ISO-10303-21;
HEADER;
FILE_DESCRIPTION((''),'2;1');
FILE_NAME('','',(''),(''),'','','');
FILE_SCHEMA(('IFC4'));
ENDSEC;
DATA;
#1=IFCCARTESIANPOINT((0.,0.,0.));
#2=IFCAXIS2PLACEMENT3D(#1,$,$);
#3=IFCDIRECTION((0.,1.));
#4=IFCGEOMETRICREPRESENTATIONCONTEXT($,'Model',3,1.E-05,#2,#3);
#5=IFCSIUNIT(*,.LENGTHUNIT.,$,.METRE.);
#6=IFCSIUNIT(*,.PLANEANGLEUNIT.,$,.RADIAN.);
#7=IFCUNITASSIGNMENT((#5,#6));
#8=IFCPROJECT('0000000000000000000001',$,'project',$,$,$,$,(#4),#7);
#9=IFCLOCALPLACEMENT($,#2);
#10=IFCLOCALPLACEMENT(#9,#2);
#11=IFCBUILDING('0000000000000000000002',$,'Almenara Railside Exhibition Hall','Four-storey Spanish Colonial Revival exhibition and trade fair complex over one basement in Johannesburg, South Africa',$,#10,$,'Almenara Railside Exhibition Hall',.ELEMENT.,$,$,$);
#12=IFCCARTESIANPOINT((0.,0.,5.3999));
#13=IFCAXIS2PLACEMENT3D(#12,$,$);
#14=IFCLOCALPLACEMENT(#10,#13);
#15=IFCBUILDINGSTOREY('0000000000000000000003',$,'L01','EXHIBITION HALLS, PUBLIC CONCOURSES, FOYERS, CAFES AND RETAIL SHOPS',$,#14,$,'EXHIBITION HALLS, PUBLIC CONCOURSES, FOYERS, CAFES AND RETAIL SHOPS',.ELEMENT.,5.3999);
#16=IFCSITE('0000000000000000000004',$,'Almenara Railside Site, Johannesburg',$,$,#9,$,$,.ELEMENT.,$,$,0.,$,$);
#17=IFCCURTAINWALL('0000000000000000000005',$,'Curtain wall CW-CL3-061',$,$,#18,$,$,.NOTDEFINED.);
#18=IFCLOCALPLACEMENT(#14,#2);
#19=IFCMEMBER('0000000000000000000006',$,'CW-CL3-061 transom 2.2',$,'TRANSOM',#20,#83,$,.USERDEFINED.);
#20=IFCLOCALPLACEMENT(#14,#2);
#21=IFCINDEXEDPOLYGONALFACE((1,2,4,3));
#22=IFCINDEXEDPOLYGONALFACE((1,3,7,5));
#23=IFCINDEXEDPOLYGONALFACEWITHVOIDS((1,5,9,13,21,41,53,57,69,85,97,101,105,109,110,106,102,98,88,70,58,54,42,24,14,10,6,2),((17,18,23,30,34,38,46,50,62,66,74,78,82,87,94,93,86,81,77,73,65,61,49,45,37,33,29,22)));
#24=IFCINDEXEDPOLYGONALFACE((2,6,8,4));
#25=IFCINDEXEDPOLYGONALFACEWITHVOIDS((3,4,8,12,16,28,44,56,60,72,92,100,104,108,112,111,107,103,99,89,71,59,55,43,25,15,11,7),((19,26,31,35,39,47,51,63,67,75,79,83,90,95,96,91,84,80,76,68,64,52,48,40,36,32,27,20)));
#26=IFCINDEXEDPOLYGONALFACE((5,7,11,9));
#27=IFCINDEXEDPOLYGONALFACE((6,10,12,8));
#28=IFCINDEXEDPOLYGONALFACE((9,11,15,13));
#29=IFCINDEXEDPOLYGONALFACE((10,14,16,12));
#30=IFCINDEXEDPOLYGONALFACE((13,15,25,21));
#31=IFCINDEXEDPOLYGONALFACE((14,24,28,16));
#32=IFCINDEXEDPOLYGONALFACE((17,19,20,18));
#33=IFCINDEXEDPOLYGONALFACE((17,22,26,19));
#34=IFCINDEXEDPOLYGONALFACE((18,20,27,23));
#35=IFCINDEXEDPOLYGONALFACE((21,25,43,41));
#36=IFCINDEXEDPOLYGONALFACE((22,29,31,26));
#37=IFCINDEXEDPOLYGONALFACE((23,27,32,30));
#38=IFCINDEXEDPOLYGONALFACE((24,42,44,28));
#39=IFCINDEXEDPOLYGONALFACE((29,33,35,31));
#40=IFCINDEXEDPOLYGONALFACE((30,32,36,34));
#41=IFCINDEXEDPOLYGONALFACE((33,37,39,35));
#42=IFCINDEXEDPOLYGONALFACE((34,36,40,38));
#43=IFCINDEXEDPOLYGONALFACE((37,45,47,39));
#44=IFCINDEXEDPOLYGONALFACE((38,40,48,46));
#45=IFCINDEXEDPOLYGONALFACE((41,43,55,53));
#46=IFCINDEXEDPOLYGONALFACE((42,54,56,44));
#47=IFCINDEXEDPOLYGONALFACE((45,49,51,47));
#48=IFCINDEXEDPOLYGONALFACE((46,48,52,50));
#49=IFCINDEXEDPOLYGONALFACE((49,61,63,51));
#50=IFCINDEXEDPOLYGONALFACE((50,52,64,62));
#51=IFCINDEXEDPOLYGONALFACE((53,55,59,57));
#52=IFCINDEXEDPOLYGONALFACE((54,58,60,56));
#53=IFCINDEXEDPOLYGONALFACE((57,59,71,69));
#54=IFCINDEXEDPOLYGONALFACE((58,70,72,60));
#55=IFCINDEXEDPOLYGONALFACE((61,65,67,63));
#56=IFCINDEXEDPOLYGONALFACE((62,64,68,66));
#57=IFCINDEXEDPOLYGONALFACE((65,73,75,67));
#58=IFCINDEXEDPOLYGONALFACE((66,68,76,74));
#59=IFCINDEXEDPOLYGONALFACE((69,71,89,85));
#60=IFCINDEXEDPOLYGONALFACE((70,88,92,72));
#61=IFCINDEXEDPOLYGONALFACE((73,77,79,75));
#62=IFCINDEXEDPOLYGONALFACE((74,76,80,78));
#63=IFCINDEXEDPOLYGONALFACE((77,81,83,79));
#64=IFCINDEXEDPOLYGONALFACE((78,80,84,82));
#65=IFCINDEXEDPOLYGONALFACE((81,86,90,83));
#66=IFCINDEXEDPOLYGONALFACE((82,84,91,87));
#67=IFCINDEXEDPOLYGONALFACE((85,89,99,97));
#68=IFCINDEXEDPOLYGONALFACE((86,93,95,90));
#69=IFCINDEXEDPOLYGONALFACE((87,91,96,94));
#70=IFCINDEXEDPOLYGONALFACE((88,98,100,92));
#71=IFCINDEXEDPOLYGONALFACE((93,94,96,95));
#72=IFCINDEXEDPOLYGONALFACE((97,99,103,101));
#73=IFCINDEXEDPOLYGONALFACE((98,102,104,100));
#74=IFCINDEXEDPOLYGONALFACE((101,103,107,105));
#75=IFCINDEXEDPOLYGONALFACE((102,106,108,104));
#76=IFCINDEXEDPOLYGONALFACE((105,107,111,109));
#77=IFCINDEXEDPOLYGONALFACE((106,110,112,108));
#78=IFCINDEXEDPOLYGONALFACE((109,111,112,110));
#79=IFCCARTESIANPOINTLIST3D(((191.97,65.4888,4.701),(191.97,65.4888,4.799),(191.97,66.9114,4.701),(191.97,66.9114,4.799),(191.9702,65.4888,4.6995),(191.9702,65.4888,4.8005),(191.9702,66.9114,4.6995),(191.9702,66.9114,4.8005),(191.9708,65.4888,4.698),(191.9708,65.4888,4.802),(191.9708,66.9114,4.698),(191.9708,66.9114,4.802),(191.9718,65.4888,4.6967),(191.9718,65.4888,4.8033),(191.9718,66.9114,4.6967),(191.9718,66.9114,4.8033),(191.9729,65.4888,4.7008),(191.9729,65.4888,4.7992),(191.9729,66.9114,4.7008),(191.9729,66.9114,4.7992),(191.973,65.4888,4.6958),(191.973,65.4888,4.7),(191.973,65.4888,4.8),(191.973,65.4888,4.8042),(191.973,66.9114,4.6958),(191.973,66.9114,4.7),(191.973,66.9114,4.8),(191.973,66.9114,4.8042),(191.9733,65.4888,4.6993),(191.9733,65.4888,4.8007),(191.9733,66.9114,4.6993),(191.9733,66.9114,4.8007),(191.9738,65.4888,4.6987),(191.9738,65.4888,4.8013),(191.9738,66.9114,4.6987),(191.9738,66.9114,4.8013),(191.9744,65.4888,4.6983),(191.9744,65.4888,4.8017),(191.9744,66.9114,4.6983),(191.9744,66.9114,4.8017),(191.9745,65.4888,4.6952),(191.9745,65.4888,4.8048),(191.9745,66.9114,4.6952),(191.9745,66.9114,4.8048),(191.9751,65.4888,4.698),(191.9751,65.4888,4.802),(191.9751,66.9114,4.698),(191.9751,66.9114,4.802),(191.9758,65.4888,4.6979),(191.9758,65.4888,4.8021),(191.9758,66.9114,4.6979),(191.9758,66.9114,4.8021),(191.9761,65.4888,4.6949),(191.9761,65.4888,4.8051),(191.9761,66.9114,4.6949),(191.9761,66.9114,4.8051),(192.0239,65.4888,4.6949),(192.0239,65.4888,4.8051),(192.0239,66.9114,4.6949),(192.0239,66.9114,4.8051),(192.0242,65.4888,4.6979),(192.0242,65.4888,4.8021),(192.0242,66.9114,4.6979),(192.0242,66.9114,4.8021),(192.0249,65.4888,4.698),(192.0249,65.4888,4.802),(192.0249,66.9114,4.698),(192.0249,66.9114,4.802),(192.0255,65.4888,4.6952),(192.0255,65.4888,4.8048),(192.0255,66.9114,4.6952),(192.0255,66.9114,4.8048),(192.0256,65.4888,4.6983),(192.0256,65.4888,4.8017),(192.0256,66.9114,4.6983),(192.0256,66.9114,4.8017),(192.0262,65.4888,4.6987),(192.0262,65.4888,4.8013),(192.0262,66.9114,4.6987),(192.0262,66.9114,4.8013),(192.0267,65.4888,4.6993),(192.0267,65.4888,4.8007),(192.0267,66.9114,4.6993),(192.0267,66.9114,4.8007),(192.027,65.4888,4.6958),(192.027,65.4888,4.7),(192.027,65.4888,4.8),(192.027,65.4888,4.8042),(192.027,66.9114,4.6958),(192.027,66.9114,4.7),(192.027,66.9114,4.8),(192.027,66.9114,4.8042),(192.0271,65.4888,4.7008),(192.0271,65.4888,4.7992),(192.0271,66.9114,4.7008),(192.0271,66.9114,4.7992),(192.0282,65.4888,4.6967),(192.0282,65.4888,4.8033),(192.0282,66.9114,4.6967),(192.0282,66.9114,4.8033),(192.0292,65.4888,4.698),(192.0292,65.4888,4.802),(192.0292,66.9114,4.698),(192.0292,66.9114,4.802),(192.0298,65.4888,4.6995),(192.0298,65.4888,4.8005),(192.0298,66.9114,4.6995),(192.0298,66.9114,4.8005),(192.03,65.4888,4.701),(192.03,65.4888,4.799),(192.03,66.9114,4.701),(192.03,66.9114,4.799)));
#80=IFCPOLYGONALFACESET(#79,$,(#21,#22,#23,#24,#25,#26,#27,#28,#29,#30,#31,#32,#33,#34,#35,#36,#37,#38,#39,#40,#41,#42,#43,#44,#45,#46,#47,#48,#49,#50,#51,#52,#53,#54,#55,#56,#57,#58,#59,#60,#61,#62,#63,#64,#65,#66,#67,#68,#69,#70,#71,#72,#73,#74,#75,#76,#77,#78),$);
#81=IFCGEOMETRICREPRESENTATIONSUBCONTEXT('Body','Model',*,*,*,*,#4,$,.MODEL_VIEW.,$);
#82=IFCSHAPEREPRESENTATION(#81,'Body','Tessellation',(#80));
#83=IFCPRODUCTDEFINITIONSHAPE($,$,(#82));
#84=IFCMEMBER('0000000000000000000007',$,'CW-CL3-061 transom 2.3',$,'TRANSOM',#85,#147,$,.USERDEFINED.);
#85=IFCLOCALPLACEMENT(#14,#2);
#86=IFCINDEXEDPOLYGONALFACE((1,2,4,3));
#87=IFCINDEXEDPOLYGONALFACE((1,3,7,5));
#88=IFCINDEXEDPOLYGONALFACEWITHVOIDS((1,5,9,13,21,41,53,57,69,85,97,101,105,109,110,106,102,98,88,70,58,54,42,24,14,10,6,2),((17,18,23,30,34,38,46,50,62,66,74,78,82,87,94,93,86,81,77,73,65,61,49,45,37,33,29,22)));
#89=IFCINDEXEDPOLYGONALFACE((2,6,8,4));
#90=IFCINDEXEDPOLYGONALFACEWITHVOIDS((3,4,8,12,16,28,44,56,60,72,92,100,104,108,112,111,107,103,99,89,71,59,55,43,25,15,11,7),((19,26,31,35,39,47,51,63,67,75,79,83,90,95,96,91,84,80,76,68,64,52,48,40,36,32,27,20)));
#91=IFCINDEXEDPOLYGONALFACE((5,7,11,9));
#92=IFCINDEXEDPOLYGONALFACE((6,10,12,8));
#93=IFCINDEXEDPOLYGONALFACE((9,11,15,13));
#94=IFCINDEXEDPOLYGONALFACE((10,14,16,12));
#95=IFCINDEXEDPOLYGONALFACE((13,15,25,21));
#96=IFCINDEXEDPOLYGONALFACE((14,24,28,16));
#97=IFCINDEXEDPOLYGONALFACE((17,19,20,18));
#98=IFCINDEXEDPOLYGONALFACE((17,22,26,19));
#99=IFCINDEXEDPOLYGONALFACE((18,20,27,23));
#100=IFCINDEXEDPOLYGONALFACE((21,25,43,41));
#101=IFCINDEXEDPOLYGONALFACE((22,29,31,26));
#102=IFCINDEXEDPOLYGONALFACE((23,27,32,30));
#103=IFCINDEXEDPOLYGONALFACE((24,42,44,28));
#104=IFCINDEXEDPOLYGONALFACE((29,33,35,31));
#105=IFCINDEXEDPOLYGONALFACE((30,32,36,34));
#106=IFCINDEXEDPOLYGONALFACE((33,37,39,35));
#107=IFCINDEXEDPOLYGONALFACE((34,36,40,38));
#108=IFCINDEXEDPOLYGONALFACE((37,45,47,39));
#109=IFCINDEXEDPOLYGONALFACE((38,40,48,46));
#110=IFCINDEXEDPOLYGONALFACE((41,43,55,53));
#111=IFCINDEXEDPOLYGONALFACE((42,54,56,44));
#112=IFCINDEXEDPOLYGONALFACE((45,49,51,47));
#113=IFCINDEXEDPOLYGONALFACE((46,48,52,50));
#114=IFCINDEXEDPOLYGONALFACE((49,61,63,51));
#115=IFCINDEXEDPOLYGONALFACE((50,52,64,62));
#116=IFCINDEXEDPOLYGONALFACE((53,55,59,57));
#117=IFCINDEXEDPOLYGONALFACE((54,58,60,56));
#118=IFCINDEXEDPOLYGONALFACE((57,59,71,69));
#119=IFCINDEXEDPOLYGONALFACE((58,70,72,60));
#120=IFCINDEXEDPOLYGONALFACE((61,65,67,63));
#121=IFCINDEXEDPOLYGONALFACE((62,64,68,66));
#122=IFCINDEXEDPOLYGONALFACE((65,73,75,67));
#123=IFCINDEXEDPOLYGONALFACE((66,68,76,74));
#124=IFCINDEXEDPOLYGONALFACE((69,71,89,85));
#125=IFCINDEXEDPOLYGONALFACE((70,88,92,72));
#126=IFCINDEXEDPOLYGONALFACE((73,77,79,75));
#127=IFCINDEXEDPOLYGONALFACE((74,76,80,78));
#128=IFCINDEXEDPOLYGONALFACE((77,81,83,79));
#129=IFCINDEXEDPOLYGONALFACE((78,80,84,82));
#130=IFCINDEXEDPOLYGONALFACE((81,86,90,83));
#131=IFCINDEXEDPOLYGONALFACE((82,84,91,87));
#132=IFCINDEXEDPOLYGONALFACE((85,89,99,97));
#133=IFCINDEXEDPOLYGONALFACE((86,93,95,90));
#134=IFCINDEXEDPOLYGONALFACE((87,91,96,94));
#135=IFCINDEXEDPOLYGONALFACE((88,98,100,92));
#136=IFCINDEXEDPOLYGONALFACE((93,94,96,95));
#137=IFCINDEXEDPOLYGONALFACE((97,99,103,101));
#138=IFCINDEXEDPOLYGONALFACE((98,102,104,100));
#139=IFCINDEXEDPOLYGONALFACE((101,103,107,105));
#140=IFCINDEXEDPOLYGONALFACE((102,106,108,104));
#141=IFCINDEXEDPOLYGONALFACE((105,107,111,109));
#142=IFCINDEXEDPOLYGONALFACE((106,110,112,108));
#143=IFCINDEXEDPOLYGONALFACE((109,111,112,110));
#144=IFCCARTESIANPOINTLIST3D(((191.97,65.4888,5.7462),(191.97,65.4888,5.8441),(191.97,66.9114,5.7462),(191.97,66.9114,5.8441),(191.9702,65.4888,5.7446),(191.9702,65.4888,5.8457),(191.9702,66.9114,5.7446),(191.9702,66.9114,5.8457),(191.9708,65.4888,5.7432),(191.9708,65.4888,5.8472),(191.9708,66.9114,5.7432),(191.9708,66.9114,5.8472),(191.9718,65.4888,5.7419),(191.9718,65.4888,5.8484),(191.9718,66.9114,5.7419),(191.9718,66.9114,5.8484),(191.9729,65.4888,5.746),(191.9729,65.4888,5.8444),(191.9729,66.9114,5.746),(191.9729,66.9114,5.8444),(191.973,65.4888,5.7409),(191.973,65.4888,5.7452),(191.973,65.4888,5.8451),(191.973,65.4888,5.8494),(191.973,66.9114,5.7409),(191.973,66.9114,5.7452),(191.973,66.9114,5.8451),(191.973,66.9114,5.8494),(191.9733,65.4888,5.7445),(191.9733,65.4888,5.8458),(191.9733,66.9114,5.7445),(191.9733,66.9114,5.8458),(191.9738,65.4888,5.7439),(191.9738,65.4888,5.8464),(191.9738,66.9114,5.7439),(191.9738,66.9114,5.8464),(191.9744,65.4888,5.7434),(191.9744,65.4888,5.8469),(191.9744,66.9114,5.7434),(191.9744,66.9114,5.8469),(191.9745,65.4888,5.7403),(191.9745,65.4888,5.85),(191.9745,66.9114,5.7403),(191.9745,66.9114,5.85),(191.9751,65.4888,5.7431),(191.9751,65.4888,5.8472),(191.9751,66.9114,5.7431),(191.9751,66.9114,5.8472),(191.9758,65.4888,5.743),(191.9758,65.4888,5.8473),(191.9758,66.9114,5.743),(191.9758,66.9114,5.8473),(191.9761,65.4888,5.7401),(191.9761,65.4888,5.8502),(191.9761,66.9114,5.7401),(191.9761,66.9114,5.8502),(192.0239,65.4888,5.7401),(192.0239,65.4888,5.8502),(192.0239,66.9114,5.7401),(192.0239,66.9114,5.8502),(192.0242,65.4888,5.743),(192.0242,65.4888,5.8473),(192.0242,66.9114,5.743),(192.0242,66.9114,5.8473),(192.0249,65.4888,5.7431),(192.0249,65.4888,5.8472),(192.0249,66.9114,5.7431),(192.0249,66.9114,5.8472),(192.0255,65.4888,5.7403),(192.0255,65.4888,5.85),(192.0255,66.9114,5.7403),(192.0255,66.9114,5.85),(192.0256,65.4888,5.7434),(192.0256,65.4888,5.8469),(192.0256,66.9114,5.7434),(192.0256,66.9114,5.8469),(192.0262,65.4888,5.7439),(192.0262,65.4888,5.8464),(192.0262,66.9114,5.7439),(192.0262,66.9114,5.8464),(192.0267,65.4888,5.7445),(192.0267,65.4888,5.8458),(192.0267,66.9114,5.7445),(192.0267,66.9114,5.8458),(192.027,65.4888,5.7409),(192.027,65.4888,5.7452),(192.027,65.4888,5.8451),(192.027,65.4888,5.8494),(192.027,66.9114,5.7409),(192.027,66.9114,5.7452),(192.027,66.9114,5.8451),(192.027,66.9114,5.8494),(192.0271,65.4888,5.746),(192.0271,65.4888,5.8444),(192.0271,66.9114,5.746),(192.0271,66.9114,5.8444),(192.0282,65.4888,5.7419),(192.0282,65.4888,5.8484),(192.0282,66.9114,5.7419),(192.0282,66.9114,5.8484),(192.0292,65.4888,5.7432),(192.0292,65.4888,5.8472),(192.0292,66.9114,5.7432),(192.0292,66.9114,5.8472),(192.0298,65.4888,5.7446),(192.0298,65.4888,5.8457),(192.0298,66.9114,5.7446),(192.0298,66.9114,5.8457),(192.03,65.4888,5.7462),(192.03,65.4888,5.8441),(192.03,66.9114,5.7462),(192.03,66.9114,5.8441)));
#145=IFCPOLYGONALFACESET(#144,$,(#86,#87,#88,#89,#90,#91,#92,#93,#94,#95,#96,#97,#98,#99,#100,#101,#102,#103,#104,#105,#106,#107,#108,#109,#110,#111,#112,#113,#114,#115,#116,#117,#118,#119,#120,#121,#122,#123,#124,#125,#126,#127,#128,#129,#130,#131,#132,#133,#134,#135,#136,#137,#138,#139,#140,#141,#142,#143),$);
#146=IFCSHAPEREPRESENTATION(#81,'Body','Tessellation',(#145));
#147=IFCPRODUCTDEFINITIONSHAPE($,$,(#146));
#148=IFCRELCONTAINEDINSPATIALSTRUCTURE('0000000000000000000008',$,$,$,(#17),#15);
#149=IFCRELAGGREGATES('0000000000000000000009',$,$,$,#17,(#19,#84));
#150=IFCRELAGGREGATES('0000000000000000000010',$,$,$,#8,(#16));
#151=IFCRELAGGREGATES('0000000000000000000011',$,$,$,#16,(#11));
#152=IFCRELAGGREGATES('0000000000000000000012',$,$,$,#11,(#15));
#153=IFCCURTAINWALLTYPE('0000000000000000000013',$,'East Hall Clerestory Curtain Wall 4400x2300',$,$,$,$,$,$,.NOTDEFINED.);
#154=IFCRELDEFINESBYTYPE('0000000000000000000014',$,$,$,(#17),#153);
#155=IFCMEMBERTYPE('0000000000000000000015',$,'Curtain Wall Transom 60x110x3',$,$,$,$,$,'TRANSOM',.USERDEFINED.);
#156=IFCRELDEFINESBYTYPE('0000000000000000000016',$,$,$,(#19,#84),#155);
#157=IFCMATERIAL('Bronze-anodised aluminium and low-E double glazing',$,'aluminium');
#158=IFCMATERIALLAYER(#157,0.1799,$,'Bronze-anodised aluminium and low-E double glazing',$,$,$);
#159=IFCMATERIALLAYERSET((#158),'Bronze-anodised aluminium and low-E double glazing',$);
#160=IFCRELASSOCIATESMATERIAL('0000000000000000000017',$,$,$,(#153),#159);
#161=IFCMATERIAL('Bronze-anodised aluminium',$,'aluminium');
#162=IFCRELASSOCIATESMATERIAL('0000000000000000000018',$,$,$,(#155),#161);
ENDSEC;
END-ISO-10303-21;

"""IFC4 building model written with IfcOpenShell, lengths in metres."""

from ifc_helpers import new_model, si_unit, direction, frame, origin, origin_2d, place, context, subcontext, project, spatial, hollow_rectangle, extrude, material, layer, layer_set, material_profile, profile_set, type_object, element, aggregate, save


model = new_model("IFC4")

# Units and contexts
model_context = context("Model", 3, precision=1e-05, world=origin(), true_north=direction((0.0, 1.0)))
body_context = subcontext(model_context, "Body", "Model", "MODEL_VIEW")
ifc_project = project(units=[si_unit("LENGTHUNIT", "METRE"), si_unit("PLANEANGLEUNIT", "RADIAN")], contexts=[model_context])

# Site, building, storey
site_placement = place(None, origin())
site = spatial("IfcSite", under=ifc_project, at=site_placement, Name="Almenara Railside Site, Johannesburg", CompositionType="ELEMENT", RefElevation=0.0)
building_placement = place(site_placement, origin())
building = spatial("IfcBuilding", under=site, at=building_placement, Name="Almenara Railside Exhibition Hall", Description="Four-storey Spanish Colonial Revival exhibition and trade fair complex over one basement in Johannesburg, South Africa", LongName="Almenara Railside Exhibition Hall", CompositionType="ELEMENT")
storey_placement = place(building_placement, frame((0.0, 0.0, 5.3999)))
storey = spatial("IfcBuildingStorey", under=building, at=storey_placement, Name="L01", Description="EXHIBITION HALLS, PUBLIC CONCOURSES, FOYERS, CAFES AND RETAIL SHOPS", LongName="EXHIBITION HALLS, PUBLIC CONCOURSES, FOYERS, CAFES AND RETAIL SHOPS", CompositionType="ELEMENT", Elevation=5.3999)

# Shared definitions
ifc_material_1 = material(Name="Bronze-anodised aluminium and low-E double glazing", Category="aluminium")
ifc_layer_1 = layer(ifc_material_1, 0.1799, Name="Bronze-anodised aluminium and low-E double glazing")
ifc_layer_set_1 = layer_set([ifc_layer_1], Name="Bronze-anodised aluminium and low-E double glazing")
curtain_wall_type = type_object("IfcCurtainWallType", Name="East Hall Clerestory Curtain Wall 4400x2300", PredefinedType="NOTDEFINED", material=ifc_layer_set_1)
ifc_material_2 = material(Name="Bronze-anodised aluminium", Category="aluminium")

# Curtain wall
curtain_wall_1_placement = place(storey_placement, origin())
curtain_wall_1 = element("IfcCurtainWall", 1, at=curtain_wall_1_placement, inside=storey, type_object=curtain_wall_type, Name="Curtain wall CW-CL3-061", PredefinedType="NOTDEFINED")

# Members
ifc_material_profile_1 = material_profile(ifc_material_2, hollow_rectangle(XDim=0.0601, YDim=0.1101, WallThickness=0.0029, InnerFilletRadius=0.0029, OuterFilletRadius=0.0061, at=origin_2d()), Name="ALU-TRN 60x110x3")
ifc_profile_set_1 = profile_set([ifc_material_profile_1], Name="Bronze-anodised aluminium")
member_type_1 = type_object("IfcMemberType", Name="Curtain Wall Transom 60x110x3", ElementType="TRANSOM", PredefinedType="USERDEFINED", material=ifc_profile_set_1)
member_1_placement = place(storey_placement, frame((192.0, 65.4888, 4.75), z_axis=(0.0, 1.0, 0.0), x_axis=(-1.0, 0.0, 0.0)))
member_1 = element("IfcMember", 2, at=member_1_placement, type_object=member_type_1, Name="CW-CL3-061 transom 2.2", ObjectType="TRANSOM", PredefinedType="USERDEFINED", context=body_context, shape_type="SweptSolid", body=[
    extrude(hollow_rectangle(XDim=0.0601, YDim=0.1101, WallThickness=0.0029, InnerFilletRadius=0.0029, OuterFilletRadius=0.0061, at=origin_2d()), origin(), (0.0, 0.0, 1.0), 1.4226),
])
member_2_placement = place(storey_placement, frame((192.0, 65.4888, 5.7952), z_axis=(0.0, 1.0, 0.0), x_axis=(-1.0, 0.0, 0.0)))
member_2 = element("IfcMember", 3, at=member_2_placement, type_object=member_type_1, Name="CW-CL3-061 transom 2.3", ObjectType="TRANSOM", PredefinedType="USERDEFINED", context=body_context, shape_type="SweptSolid", body=[
    extrude(hollow_rectangle(XDim=0.0601, YDim=0.1101, WallThickness=0.0029, InnerFilletRadius=0.0029, OuterFilletRadius=0.0061, at=origin_2d()), origin(), (0.0, 0.0, 1.0), 1.4226),
])

aggregate(curtain_wall_1, [member_1, member_2])

save(model, "model.ifc")
